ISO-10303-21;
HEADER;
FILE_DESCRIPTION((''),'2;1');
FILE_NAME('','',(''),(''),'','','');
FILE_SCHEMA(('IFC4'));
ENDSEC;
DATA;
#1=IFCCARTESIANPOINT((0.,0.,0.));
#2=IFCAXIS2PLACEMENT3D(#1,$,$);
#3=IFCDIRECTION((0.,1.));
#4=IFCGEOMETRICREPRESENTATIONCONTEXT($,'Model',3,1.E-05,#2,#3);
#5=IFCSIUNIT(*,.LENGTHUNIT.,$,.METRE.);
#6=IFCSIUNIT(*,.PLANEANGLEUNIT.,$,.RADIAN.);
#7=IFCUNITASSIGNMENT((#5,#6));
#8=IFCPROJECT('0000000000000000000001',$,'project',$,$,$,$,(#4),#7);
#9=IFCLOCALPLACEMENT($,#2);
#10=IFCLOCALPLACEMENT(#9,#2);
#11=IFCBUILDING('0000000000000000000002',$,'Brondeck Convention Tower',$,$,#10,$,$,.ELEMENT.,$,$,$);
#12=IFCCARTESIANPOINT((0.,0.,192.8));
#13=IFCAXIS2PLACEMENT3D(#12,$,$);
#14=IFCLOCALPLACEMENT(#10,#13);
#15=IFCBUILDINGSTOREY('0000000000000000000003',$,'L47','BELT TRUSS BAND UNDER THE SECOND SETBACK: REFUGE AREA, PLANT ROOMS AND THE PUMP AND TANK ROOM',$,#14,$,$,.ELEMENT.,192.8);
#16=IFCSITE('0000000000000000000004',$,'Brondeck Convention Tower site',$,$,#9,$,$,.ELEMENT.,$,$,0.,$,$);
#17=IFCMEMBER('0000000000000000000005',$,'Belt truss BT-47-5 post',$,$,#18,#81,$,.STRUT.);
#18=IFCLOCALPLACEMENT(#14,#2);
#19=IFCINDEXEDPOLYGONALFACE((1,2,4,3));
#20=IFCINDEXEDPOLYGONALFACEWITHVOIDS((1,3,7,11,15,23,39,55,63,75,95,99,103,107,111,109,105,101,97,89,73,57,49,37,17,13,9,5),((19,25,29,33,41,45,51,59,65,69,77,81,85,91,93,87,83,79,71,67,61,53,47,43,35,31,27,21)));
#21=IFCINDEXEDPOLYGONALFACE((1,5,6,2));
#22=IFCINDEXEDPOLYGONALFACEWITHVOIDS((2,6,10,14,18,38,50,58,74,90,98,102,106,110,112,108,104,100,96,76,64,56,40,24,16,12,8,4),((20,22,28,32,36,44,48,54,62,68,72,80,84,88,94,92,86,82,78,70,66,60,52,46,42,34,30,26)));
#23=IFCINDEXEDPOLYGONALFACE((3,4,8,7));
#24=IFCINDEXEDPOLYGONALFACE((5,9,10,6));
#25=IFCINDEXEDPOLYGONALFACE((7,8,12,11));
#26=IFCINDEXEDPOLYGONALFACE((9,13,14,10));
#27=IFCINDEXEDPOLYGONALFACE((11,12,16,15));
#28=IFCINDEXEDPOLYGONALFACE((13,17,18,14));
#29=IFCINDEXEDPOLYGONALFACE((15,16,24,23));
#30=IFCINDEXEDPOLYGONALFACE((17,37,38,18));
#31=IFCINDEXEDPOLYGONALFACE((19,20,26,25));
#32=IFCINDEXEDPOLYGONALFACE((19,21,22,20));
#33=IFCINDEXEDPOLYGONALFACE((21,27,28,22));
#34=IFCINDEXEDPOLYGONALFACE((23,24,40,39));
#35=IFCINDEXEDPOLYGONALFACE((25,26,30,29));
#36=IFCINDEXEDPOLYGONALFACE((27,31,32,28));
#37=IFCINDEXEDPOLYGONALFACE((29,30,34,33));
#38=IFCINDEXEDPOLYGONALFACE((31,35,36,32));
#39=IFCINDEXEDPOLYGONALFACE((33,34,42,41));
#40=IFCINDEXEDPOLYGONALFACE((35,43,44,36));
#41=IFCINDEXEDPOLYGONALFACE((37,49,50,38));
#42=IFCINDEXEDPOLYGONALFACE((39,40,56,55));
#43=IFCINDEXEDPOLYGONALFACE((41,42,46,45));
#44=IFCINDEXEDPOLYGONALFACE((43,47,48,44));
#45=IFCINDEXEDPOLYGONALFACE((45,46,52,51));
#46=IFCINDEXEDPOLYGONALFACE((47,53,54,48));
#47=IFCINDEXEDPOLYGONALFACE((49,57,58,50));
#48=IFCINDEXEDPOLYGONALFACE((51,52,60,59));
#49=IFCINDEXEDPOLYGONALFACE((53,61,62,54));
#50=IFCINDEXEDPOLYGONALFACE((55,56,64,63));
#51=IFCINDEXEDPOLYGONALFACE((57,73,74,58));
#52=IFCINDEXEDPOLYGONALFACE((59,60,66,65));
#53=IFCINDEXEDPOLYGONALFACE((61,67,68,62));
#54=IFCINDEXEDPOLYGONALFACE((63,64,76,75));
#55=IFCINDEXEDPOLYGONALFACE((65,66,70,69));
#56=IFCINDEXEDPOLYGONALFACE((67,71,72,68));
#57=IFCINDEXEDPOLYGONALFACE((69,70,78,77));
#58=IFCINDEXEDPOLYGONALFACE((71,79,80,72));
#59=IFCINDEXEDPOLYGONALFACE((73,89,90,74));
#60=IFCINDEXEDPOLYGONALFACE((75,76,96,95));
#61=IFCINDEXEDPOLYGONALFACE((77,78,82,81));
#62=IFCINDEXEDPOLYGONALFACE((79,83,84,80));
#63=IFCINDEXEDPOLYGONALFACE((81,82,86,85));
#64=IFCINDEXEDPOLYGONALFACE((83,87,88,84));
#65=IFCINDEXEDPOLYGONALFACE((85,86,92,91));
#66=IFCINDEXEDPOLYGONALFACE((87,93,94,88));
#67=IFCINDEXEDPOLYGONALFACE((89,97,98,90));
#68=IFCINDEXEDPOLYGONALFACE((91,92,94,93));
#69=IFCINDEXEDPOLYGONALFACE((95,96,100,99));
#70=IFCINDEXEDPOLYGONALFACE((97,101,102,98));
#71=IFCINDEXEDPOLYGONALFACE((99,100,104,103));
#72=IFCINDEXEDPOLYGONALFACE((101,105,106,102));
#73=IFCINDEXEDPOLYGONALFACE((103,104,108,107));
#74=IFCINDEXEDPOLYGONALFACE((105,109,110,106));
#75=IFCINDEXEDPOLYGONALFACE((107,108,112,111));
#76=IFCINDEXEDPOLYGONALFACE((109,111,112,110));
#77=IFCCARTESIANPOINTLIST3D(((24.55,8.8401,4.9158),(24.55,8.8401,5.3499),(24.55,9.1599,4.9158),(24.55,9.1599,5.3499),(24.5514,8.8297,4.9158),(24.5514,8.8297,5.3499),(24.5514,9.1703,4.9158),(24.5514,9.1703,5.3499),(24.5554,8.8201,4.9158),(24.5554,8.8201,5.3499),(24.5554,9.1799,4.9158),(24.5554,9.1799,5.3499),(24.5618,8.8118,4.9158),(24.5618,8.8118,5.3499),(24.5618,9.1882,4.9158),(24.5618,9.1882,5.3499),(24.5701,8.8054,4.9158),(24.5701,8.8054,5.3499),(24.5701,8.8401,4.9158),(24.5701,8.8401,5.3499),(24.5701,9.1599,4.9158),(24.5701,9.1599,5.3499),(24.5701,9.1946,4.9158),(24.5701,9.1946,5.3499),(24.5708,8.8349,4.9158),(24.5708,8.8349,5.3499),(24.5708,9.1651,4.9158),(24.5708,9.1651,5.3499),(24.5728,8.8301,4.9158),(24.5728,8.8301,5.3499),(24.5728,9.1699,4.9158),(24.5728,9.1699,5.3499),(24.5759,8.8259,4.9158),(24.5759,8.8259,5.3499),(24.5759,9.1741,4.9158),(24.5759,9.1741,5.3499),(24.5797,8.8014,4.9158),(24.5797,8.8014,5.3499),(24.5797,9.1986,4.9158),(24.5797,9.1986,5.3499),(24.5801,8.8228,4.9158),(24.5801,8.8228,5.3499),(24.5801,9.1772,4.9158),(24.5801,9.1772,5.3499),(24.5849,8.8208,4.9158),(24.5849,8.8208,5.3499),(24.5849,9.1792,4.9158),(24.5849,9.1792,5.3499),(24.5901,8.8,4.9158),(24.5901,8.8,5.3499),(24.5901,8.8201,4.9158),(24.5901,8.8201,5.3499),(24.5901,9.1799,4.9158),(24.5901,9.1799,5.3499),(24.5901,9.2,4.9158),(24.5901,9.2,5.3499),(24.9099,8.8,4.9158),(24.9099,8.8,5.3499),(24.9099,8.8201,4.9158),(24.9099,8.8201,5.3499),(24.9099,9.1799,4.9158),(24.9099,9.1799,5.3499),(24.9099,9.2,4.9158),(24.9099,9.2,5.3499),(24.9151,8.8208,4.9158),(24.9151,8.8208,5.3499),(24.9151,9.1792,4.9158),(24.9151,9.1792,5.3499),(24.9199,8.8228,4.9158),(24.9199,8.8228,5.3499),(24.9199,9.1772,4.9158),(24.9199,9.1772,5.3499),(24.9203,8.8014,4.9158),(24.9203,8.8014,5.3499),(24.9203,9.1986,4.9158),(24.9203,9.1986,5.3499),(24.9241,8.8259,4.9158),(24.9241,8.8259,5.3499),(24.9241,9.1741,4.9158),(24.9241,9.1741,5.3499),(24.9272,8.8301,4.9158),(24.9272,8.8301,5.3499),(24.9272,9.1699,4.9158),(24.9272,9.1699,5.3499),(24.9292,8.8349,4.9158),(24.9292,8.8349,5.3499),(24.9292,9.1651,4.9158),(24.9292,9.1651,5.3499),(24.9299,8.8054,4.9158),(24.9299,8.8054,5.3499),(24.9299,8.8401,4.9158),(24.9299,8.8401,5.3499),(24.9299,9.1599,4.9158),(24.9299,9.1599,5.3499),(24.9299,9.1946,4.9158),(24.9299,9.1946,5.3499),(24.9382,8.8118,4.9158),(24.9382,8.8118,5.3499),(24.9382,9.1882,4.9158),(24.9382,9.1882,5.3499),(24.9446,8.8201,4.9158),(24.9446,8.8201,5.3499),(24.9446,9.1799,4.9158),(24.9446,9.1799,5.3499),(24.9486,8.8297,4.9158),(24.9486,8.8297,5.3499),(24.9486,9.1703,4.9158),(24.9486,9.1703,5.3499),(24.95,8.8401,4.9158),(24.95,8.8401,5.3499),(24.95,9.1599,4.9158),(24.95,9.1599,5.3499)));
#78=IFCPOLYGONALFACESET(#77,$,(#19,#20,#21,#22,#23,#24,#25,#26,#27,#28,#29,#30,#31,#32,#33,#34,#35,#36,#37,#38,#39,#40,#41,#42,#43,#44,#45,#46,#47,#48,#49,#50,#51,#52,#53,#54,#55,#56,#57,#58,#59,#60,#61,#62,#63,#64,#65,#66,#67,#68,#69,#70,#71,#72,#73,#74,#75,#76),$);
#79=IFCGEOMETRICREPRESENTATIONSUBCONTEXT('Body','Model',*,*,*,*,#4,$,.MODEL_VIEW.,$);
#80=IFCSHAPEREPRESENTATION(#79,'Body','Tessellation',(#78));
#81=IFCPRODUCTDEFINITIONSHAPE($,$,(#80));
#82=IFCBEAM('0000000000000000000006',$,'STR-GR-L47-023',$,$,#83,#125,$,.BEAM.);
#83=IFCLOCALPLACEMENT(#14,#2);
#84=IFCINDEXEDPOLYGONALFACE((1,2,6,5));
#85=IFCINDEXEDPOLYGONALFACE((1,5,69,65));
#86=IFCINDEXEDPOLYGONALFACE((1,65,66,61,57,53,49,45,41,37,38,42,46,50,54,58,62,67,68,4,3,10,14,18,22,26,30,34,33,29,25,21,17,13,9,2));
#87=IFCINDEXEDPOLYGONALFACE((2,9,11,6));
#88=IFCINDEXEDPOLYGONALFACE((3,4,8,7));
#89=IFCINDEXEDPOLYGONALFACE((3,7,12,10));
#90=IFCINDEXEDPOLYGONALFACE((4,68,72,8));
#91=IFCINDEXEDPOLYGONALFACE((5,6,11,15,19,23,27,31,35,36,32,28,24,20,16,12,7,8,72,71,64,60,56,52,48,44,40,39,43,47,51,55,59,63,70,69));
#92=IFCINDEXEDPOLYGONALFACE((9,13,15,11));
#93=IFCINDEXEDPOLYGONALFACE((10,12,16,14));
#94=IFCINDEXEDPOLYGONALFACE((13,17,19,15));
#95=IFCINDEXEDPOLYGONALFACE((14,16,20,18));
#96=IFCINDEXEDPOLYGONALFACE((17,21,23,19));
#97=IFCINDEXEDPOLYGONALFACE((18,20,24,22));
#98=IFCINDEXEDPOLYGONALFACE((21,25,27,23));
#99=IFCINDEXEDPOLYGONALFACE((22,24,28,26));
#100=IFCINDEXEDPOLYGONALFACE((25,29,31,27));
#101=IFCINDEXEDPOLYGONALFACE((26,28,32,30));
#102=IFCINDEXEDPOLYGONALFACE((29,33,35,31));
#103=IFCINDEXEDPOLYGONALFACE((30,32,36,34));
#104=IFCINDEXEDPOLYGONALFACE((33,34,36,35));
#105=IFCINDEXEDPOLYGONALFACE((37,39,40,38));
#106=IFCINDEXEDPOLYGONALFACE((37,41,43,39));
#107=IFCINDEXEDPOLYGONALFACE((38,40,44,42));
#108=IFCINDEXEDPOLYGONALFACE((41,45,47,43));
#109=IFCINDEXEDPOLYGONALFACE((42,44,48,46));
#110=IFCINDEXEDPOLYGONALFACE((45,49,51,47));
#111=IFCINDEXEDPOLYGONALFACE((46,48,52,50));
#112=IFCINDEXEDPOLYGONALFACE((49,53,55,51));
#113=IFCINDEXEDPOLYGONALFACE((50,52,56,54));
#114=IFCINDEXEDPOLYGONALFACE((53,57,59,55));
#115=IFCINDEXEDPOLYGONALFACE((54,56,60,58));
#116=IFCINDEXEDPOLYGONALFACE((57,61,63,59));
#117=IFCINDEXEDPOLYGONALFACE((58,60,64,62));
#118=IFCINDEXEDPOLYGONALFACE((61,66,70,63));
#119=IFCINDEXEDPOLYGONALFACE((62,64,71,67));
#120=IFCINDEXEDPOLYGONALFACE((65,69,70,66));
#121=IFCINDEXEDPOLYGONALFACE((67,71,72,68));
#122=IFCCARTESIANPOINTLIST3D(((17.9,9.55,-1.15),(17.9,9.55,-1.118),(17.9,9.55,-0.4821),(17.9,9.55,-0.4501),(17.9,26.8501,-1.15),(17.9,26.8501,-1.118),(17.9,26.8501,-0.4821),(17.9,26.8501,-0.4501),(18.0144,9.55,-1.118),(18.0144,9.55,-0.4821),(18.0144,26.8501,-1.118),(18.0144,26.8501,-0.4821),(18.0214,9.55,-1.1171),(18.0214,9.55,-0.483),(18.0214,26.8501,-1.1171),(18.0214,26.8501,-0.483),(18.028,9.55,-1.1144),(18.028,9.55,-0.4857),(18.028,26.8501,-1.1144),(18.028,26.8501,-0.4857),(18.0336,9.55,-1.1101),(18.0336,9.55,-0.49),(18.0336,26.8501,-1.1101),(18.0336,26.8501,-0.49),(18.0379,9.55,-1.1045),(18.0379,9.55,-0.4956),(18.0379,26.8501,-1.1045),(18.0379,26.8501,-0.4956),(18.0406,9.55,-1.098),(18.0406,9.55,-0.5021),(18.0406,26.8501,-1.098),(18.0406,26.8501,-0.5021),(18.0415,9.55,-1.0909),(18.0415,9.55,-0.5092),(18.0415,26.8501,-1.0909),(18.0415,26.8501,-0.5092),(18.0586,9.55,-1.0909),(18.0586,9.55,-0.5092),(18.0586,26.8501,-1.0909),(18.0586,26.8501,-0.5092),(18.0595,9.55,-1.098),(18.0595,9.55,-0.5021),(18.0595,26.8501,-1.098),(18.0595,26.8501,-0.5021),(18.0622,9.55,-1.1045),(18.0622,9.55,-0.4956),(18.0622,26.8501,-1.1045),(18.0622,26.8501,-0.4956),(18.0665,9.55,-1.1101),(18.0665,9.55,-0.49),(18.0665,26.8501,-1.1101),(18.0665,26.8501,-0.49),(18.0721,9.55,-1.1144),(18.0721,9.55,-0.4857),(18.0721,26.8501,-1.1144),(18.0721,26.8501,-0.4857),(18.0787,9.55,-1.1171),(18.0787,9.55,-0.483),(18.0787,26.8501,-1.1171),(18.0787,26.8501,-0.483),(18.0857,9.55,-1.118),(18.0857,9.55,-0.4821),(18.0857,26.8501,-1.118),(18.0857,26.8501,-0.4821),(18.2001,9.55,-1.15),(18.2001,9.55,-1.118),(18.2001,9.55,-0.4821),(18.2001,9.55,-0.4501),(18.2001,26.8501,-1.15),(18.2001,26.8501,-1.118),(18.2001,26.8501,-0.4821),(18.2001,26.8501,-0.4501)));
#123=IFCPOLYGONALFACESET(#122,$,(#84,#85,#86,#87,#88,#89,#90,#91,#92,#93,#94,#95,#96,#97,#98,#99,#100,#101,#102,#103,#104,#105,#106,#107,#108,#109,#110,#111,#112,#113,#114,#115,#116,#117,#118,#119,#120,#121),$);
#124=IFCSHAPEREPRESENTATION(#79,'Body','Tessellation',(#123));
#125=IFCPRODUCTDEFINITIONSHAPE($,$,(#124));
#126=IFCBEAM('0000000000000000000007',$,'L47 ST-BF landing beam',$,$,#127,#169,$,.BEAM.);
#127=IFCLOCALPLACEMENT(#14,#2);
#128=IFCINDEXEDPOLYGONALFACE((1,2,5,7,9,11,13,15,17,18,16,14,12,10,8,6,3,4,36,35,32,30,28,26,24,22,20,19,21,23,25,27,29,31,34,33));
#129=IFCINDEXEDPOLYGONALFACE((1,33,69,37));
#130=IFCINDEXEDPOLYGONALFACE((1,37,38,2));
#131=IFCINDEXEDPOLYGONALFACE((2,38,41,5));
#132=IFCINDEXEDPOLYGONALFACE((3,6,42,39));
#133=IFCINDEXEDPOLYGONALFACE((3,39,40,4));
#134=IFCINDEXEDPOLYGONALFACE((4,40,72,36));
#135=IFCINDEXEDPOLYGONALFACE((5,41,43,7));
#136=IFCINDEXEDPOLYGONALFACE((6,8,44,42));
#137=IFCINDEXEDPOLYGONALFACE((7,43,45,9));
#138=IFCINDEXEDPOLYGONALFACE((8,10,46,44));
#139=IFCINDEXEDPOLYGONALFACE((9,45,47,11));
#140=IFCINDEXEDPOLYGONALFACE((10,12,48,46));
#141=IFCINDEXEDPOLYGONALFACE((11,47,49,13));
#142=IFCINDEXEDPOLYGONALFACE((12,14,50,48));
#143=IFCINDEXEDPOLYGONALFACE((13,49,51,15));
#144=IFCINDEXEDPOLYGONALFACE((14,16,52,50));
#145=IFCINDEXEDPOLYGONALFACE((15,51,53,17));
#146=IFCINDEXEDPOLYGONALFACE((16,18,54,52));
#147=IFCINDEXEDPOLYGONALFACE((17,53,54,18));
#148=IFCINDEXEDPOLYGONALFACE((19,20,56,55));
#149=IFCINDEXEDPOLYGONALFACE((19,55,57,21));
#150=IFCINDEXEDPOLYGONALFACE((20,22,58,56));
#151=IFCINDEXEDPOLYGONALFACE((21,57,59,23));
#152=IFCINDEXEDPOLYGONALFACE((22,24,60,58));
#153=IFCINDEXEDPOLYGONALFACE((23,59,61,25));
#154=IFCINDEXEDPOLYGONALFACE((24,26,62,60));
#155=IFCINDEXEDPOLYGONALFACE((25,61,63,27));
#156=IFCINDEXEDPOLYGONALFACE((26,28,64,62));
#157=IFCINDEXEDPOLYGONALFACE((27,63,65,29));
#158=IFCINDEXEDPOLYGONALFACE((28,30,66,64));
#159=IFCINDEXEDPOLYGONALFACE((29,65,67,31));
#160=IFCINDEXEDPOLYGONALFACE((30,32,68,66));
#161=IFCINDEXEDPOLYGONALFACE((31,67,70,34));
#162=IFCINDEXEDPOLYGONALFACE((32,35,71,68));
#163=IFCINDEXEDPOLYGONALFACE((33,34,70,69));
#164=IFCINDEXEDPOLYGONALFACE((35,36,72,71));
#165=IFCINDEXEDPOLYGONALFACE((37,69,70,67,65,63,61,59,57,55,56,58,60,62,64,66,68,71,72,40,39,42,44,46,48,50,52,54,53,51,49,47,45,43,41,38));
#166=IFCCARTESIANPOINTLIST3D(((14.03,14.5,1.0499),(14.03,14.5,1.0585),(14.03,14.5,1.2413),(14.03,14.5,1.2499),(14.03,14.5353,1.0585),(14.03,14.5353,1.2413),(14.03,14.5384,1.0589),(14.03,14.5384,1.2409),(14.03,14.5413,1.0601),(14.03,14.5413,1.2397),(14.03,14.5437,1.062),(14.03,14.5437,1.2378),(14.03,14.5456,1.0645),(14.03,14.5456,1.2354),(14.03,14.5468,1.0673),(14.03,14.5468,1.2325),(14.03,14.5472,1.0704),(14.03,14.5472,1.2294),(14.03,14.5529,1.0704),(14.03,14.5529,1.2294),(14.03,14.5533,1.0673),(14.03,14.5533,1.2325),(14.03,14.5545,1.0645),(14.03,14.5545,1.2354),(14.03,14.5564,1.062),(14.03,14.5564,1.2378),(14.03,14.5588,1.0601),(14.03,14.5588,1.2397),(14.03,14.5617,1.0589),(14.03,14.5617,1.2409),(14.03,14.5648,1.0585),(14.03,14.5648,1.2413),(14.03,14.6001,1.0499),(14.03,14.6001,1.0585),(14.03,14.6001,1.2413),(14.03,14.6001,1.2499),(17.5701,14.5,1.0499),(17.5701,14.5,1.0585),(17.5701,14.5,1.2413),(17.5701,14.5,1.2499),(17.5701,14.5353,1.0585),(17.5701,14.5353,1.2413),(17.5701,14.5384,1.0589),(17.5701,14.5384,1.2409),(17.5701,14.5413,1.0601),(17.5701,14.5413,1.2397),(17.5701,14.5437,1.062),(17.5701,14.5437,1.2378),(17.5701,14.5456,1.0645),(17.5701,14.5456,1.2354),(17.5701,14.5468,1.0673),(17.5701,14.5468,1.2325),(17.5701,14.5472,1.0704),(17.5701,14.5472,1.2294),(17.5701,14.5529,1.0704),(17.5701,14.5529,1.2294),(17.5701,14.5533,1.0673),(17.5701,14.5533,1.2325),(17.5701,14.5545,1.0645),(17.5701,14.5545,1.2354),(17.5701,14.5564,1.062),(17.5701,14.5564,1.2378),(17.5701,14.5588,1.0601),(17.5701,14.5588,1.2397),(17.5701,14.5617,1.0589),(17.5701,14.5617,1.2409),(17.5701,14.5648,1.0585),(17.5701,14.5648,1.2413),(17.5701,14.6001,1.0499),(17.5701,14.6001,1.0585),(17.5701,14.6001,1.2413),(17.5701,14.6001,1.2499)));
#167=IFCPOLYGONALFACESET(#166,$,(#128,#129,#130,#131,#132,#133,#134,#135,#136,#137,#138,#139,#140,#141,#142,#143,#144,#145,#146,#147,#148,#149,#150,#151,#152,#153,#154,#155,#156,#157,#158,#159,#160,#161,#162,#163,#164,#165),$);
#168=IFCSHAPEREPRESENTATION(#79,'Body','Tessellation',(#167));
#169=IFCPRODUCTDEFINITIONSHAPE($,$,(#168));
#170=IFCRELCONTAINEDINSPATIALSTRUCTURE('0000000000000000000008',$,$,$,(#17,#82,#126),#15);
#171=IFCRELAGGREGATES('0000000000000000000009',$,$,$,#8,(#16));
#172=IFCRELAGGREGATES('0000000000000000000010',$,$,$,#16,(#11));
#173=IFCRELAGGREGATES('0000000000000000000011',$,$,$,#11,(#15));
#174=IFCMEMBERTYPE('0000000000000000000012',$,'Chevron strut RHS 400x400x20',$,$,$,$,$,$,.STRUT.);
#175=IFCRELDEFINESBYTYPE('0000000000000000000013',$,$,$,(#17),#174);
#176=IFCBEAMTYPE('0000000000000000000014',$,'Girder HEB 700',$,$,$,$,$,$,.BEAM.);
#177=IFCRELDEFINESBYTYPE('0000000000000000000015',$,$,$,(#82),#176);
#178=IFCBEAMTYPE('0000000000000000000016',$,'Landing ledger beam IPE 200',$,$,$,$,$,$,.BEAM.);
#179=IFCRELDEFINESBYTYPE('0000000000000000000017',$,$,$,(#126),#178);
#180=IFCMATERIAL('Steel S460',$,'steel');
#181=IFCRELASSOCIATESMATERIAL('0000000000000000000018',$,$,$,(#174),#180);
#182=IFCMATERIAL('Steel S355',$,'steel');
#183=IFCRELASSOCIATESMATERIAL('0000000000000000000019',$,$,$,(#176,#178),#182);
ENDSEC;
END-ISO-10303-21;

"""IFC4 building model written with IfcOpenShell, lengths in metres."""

from ifc_helpers import new_model, si_unit, direction, frame, origin, origin_2d, place, context, subcontext, project, spatial, hollow_rectangle, i_section, extrude, material, material_profile, profile_set, type_object, element, save


model = new_model("IFC4")

# Units and contexts
model_context = context("Model", 3, precision=1e-05, world=origin(), true_north=direction((0.0, 1.0)))
body_context = subcontext(model_context, "Body", "Model", "MODEL_VIEW")
ifc_project = project(units=[si_unit("LENGTHUNIT", "METRE"), si_unit("PLANEANGLEUNIT", "RADIAN")], contexts=[model_context])

# Site, building, storey
site_placement = place(None, origin())
site = spatial("IfcSite", under=ifc_project, at=site_placement, Name="Brondeck Convention Tower site", CompositionType="ELEMENT", RefElevation=0.0)
building_placement = place(site_placement, origin())
building = spatial("IfcBuilding", under=site, at=building_placement, Name="Brondeck Convention Tower", CompositionType="ELEMENT")
storey_placement = place(building_placement, frame((0.0, 0.0, 192.8)))
storey = spatial("IfcBuildingStorey", under=building, at=storey_placement, Name="L47", Description="BELT TRUSS BAND UNDER THE SECOND SETBACK: REFUGE AREA, PLANT ROOMS AND THE PUMP AND TANK ROOM", CompositionType="ELEMENT", Elevation=192.8)

# Member
ifc_material_1 = material(Name="Steel S460", Category="steel")
ifc_material_profile_1 = material_profile(ifc_material_1, hollow_rectangle(XDim=0.3999, YDim=0.3999, WallThickness=0.02, InnerFilletRadius=0.02, OuterFilletRadius=0.04, at=origin_2d()), Name="RHS 400x400x20")
ifc_profile_set_1 = profile_set([ifc_material_profile_1], Name="Steel S460")
member_type_1 = type_object("IfcMemberType", Name="Chevron strut RHS 400x400x20", PredefinedType="STRUT", material=ifc_profile_set_1)
for number, where, z_axis, x_axis, name in (
    (1, (24.75, 9.0, 4.9158), (0.0, 0.0, 1.0), (1.0, 0.0, 0.0), "Belt truss BT-47-5 post"),
):
    element("IfcMember", number, at=place(storey_placement, frame(where, z_axis=z_axis, x_axis=x_axis)), inside=storey, type_object=member_type_1, Name=name, PredefinedType="STRUT", context=body_context, shape_type="SweptSolid", body=[
        extrude(hollow_rectangle(XDim=0.3999, YDim=0.3999, WallThickness=0.02, InnerFilletRadius=0.02, OuterFilletRadius=0.04, at=origin_2d()), origin(), (0.0, 0.0, 1.0), 0.4341),
    ])

# Beams
ifc_material_2 = material(Name="Steel S355", Category="steel")
ifc_material_profile_2 = material_profile(ifc_material_2, i_section(OverallWidth=0.3, OverallDepth=0.7, WebThickness=0.0171, FlangeThickness=0.032, FilletRadius=0.0271, at=origin_2d()), Name="HEB 700")
ifc_profile_set_2 = profile_set([ifc_material_profile_2], Name="Steel S355")
beam_type_1 = type_object("IfcBeamType", Name="Girder HEB 700", PredefinedType="BEAM", material=ifc_profile_set_2)
beam_placement = place(storey_placement, frame((18.05, 9.55, -0.8), z_axis=(0.0, 1.0, 0.0), x_axis=(-1.0, 0.0, 0.0)))
element("IfcBeam", 2, at=beam_placement, inside=storey, type_object=beam_type_1, Name="STR-GR-L47-023", PredefinedType="BEAM", context=body_context, shape_type="SweptSolid", body=[
    extrude(i_section(OverallWidth=0.3, OverallDepth=0.7, WebThickness=0.0171, FlangeThickness=0.032, FilletRadius=0.0271, at=origin_2d()), origin(), (0.0, 0.0, 1.0), 17.3),
])
ifc_material_profile_3 = material_profile(ifc_material_2, i_section(OverallWidth=0.1001, OverallDepth=0.2, WebThickness=0.0056, FlangeThickness=0.0085, FilletRadius=0.012, at=origin_2d()), Name="IPE200")
ifc_profile_set_3 = profile_set([ifc_material_profile_3], Name="Steel S355")
beam_type_2 = type_object("IfcBeamType", Name="Landing ledger beam IPE 200", PredefinedType="BEAM", material=ifc_profile_set_3)
for number, where, z_axis, x_axis, name in (
    (3, (17.5701, 14.55, 1.1499), (-1.0, 0.0, 0.0), (0.0, -1.0, 0.0), "L47 ST-BF landing beam"),
):
    element("IfcBeam", number, at=place(storey_placement, frame(where, z_axis=z_axis, x_axis=x_axis)), inside=storey, type_object=beam_type_2, Name=name, PredefinedType="BEAM", context=body_context, shape_type="SweptSolid", body=[
        extrude(i_section(OverallWidth=0.1001, OverallDepth=0.2, WebThickness=0.0056, FlangeThickness=0.0085, FilletRadius=0.012, at=origin_2d()), origin(), (0.0, 0.0, 1.0), 3.54),
    ])

save(model, "model.ifc")
